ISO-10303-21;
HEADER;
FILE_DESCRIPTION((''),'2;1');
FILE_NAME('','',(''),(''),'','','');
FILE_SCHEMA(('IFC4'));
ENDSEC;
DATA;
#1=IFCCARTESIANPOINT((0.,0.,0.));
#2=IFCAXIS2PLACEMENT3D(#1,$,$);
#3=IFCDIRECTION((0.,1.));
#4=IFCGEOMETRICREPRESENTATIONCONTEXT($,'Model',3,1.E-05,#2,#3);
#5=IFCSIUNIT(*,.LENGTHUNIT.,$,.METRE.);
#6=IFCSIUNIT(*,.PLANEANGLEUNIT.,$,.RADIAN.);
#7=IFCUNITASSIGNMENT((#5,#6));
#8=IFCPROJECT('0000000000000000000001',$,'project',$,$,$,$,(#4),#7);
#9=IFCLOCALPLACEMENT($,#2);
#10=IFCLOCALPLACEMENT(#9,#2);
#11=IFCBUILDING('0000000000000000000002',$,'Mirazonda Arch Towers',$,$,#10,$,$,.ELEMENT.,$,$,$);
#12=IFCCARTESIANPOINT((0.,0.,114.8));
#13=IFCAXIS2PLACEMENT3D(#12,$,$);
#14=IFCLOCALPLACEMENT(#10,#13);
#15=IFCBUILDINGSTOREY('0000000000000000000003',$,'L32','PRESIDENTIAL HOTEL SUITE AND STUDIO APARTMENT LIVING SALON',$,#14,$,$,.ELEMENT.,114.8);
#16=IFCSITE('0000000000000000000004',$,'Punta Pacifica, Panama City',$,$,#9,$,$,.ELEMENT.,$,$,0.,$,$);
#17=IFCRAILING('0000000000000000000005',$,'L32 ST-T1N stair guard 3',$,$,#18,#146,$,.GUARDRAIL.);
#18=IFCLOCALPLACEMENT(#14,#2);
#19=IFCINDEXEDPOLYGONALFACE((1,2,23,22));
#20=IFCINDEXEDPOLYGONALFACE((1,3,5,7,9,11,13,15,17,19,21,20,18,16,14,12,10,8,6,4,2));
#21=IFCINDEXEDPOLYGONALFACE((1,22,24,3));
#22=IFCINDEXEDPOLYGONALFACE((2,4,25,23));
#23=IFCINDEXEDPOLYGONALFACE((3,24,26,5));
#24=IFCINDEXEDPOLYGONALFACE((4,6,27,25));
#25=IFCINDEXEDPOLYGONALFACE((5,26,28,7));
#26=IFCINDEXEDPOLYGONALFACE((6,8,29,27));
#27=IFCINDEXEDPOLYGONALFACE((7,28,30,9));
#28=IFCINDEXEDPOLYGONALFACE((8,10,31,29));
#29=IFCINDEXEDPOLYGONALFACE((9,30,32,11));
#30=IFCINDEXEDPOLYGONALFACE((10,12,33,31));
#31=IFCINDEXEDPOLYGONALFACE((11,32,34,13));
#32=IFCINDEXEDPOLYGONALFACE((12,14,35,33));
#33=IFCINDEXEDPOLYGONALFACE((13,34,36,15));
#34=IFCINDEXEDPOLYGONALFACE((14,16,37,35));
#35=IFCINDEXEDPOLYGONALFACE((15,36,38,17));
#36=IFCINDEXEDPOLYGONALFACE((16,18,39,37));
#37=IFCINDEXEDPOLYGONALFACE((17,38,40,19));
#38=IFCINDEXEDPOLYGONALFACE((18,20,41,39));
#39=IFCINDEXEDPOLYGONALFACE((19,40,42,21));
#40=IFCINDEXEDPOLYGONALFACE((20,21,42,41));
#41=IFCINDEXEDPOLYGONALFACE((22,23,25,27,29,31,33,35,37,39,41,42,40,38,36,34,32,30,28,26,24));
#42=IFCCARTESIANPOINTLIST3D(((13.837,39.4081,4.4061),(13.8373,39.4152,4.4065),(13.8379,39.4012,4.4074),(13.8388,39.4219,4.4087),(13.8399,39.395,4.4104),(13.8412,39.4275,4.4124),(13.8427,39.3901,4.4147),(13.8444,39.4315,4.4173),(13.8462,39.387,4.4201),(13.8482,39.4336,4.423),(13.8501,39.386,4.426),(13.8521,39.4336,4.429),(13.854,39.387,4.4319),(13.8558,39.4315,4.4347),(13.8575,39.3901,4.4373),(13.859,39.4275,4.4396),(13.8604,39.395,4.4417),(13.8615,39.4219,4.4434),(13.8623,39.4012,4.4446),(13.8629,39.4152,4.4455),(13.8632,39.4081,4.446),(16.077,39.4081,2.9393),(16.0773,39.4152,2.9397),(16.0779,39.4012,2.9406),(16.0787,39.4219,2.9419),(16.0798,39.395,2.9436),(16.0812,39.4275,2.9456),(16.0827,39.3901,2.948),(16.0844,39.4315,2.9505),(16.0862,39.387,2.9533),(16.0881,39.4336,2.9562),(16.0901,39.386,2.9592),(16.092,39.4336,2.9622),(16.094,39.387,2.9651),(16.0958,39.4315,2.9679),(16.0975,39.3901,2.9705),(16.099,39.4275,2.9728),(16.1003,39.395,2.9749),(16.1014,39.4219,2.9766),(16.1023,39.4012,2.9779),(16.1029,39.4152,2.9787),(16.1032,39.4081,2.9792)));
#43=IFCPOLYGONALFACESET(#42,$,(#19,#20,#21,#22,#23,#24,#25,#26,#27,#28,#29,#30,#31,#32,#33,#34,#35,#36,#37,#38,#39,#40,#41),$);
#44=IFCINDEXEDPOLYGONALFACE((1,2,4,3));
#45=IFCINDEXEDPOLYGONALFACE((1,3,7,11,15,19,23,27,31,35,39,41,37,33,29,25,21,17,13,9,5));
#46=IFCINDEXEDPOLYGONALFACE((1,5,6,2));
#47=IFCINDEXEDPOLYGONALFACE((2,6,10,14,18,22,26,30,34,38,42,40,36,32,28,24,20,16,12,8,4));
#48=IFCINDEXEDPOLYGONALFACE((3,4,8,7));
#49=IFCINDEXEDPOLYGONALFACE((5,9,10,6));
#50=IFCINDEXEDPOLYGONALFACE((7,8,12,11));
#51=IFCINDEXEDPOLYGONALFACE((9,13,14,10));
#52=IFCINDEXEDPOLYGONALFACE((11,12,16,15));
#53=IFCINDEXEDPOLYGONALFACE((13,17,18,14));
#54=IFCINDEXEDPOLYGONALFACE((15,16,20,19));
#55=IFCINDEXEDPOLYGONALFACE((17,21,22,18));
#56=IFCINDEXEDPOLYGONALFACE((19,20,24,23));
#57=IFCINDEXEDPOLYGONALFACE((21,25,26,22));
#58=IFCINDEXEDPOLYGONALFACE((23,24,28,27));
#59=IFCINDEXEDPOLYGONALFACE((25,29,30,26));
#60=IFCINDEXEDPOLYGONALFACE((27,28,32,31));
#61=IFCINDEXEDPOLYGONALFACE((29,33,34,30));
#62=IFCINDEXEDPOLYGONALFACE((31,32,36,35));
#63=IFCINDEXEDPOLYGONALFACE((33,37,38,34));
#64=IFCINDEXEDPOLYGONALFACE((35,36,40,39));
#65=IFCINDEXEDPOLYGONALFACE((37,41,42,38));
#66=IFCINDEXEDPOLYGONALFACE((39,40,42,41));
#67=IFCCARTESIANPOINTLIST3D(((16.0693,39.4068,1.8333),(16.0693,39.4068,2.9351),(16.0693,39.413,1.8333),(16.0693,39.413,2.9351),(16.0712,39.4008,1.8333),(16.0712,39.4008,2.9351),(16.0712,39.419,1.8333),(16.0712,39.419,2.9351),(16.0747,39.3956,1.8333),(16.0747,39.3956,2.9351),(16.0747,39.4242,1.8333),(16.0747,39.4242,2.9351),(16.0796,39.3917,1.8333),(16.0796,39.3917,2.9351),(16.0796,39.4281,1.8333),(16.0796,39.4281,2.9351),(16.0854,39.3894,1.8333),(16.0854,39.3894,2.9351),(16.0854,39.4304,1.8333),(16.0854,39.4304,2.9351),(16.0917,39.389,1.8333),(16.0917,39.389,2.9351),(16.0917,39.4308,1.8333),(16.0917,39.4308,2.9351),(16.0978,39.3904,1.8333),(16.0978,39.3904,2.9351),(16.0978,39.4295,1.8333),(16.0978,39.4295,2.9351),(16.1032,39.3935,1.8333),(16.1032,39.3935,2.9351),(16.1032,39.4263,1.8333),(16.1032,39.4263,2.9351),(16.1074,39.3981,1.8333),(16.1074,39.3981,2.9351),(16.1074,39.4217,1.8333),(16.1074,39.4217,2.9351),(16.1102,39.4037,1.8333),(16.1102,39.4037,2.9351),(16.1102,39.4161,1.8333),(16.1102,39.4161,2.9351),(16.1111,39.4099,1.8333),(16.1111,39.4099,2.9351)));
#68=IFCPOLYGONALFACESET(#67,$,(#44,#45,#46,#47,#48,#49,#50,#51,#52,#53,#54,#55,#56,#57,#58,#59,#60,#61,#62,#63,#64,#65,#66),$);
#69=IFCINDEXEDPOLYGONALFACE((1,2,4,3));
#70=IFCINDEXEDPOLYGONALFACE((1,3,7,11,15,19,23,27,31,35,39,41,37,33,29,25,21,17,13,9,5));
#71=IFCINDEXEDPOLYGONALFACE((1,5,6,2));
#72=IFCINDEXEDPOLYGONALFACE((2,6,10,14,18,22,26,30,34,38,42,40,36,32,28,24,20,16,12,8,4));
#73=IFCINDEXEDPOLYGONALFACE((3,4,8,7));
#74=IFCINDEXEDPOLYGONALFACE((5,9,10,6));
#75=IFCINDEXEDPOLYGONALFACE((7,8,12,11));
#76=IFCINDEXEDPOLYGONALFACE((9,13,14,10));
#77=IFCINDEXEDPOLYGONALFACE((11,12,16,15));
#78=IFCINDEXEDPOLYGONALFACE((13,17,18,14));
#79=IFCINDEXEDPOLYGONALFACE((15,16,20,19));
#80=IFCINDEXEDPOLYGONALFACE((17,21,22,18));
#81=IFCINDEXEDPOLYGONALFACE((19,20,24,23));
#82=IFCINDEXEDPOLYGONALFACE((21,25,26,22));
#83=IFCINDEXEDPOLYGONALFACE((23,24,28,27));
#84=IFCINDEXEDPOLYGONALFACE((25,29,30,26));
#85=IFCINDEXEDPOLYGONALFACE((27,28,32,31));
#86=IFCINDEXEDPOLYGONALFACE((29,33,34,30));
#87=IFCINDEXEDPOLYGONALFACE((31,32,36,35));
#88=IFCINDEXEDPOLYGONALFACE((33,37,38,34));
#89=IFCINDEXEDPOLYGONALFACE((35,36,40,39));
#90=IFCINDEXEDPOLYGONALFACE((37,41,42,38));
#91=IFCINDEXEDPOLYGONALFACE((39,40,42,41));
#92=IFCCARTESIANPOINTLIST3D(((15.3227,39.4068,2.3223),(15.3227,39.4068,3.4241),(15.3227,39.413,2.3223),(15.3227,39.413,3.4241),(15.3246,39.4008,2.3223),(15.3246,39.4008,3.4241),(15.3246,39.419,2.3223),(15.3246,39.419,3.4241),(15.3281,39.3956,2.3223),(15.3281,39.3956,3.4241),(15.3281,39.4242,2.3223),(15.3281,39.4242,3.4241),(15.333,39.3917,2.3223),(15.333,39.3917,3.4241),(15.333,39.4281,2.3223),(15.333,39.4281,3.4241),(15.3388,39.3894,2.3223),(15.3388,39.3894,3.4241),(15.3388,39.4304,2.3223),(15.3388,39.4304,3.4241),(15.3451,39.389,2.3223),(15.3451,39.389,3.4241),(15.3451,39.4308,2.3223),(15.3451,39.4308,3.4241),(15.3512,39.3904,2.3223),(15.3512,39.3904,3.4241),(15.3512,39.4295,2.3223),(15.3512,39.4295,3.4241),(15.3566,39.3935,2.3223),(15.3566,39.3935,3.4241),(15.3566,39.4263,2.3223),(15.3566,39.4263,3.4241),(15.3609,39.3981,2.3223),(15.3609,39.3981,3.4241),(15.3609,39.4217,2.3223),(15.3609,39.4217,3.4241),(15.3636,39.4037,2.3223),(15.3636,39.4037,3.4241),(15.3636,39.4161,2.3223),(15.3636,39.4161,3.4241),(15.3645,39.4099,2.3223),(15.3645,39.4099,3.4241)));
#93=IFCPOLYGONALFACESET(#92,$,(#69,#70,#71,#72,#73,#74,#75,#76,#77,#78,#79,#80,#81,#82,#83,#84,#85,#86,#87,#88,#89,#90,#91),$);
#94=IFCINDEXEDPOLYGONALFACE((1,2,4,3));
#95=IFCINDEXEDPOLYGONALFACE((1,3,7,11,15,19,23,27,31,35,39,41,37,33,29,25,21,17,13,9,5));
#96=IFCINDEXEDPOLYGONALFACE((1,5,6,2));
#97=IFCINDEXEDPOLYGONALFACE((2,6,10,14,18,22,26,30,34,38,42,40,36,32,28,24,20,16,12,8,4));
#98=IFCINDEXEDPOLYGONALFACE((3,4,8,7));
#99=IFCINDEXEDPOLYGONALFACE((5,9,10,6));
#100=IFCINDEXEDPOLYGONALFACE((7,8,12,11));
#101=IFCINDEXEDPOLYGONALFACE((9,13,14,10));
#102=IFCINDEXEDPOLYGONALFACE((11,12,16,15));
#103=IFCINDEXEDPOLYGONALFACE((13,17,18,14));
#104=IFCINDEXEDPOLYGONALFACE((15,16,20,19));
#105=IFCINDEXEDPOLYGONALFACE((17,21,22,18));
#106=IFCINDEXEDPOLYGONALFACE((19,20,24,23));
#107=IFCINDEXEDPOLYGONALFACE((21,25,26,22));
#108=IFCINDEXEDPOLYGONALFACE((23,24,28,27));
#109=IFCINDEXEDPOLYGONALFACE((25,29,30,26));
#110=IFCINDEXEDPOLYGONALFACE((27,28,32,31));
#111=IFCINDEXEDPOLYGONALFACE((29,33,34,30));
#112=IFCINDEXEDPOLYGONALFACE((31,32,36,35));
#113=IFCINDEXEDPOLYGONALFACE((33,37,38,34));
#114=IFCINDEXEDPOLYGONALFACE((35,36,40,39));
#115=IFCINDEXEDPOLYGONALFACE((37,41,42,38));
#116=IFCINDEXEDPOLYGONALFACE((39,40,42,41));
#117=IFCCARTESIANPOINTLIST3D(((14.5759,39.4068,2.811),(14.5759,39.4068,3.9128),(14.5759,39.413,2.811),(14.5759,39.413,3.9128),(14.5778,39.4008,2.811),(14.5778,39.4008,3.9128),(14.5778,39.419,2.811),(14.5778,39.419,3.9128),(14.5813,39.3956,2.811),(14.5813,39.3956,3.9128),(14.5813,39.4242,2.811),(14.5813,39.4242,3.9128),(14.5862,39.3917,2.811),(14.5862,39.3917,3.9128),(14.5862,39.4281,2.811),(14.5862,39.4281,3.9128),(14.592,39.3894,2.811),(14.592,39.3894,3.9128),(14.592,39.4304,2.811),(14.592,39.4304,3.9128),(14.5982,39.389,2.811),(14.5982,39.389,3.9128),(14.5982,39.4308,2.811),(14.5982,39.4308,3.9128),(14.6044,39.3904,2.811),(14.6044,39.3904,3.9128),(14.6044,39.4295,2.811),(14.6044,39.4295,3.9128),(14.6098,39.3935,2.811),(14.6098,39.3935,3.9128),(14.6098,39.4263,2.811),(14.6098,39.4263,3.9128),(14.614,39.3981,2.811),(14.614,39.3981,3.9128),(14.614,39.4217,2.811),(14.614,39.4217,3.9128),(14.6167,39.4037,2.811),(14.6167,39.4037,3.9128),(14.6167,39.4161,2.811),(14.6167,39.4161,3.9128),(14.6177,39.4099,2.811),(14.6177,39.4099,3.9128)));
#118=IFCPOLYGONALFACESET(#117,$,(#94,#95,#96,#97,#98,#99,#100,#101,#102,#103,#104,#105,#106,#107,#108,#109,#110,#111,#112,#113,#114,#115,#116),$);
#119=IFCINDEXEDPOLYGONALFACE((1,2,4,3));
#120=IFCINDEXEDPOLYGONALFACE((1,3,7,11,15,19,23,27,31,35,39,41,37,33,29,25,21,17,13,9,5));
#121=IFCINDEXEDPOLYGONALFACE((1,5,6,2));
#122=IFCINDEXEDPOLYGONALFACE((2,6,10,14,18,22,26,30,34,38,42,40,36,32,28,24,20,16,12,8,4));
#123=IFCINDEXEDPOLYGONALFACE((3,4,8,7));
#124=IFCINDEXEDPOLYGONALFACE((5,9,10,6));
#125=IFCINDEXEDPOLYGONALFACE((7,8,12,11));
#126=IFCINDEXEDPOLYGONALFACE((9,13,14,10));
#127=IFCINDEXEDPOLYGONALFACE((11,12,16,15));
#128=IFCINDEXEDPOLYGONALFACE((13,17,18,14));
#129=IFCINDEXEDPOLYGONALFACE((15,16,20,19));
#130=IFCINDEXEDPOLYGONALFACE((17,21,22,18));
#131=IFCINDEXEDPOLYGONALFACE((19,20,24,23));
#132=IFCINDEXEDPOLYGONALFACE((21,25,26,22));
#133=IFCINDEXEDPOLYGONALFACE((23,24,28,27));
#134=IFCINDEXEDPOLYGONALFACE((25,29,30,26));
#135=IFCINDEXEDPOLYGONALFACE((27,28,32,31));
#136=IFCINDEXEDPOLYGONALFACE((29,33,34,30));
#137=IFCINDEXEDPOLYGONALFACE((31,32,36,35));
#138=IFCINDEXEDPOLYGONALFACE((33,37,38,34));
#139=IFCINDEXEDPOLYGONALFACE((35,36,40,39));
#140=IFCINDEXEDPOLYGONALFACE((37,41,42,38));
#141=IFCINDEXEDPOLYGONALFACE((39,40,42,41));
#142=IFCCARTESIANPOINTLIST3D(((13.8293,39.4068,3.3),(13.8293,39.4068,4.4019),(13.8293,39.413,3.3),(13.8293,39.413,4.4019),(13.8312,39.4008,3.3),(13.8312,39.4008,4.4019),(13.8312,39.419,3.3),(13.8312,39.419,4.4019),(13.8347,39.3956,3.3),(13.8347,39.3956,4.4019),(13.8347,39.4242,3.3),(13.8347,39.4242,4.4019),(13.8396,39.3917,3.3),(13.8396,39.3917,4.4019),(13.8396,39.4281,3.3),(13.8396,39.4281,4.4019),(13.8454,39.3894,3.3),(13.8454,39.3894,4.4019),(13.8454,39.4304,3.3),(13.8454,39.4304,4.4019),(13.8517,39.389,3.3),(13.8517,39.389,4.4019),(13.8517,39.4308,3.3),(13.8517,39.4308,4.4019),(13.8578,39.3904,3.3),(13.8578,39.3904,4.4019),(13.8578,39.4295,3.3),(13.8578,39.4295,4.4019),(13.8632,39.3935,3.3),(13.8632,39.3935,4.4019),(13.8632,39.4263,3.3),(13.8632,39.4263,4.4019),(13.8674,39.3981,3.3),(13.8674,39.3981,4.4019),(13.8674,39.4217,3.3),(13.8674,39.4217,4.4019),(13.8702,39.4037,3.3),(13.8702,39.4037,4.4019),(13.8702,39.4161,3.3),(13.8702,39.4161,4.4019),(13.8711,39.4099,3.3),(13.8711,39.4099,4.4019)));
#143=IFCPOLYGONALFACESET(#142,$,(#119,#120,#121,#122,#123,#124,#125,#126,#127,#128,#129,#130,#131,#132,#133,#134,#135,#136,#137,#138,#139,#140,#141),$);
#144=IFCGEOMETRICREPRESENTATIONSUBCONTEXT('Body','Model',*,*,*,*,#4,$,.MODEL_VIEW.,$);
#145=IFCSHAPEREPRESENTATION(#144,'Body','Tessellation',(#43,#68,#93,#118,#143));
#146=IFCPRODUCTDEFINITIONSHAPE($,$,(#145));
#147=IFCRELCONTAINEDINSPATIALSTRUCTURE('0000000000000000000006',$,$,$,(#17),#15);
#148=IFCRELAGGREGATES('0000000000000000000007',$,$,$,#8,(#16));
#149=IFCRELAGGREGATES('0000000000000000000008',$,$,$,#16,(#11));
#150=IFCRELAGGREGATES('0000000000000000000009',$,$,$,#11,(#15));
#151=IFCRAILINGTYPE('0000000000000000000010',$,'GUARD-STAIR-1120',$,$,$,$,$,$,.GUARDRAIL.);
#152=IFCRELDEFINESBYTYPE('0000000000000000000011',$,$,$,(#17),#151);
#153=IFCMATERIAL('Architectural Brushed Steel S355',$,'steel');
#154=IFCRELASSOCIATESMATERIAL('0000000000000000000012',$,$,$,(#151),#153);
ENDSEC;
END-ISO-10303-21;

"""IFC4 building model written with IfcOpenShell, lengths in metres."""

from ifc_helpers import new_model, si_unit, direction, frame, origin, origin_2d, place, context, subcontext, project, spatial, circle, extrude, material, type_object, element, save


model = new_model("IFC4")

# Units and contexts
model_context = context("Model", 3, precision=1e-05, world=origin(), true_north=direction((0.0, 1.0)))
body_context = subcontext(model_context, "Body", "Model", "MODEL_VIEW")
ifc_project = project(units=[si_unit("LENGTHUNIT", "METRE"), si_unit("PLANEANGLEUNIT", "RADIAN")], contexts=[model_context])

# Site, building, storey
site_placement = place(None, origin())
site = spatial("IfcSite", under=ifc_project, at=site_placement, Name="Punta Pacifica, Panama City", CompositionType="ELEMENT", RefElevation=0.0)
building_placement = place(site_placement, origin())
building = spatial("IfcBuilding", under=site, at=building_placement, Name="Mirazonda Arch Towers", CompositionType="ELEMENT")
storey_placement = place(building_placement, frame((0.0, 0.0, 114.8)))
storey = spatial("IfcBuildingStorey", under=building, at=storey_placement, Name="L32", Description="PRESIDENTIAL HOTEL SUITE AND STUDIO APARTMENT LIVING SALON", CompositionType="ELEMENT", Elevation=114.8)

# Shared definitions
ifc_material_1 = material(Name="Architectural Brushed Steel S355", Category="steel")

# Railing
railing_type_1 = type_object("IfcRailingType", Name="GUARD-STAIR-1120", PredefinedType="GUARDRAIL", material=ifc_material_1)
railing_1_placement = place(storey_placement, frame((16.0901, 39.4099, 1.8333)))
element("IfcRailing", 1, at=railing_1_placement, inside=storey, type_object=railing_type_1, Name="L32 ST-T1N stair guard 3", PredefinedType="GUARDRAIL", context=body_context, shape_type="SweptSolid", body=[
    extrude(circle(Radius=0.0239, at=origin_2d()), frame((0.0, 0.0, 1.126), z_axis=(-0.836595, 0.0, 0.547822), x_axis=(0.0, -1.0, 0.0)), (0.0, 0.0, 1.0), 2.6775),
    extrude(circle(Radius=0.021, at=origin_2d()), origin(), (0.0, 0.0, 1.0), 1.1018),
    extrude(circle(Radius=0.021, at=origin_2d()), frame((-0.7466, 0.0, 0.489)), (0.0, 0.0, 1.0), 1.1018),
    extrude(circle(Radius=0.021, at=origin_2d()), frame((-1.4934, 0.0, 0.9778)), (0.0, 0.0, 1.0), 1.1018),
    extrude(circle(Radius=0.021, at=origin_2d()), frame((-2.24, 0.0, 1.4668)), (0.0, 0.0, 1.0), 1.1018),
])

save(model, "model.ifc")
